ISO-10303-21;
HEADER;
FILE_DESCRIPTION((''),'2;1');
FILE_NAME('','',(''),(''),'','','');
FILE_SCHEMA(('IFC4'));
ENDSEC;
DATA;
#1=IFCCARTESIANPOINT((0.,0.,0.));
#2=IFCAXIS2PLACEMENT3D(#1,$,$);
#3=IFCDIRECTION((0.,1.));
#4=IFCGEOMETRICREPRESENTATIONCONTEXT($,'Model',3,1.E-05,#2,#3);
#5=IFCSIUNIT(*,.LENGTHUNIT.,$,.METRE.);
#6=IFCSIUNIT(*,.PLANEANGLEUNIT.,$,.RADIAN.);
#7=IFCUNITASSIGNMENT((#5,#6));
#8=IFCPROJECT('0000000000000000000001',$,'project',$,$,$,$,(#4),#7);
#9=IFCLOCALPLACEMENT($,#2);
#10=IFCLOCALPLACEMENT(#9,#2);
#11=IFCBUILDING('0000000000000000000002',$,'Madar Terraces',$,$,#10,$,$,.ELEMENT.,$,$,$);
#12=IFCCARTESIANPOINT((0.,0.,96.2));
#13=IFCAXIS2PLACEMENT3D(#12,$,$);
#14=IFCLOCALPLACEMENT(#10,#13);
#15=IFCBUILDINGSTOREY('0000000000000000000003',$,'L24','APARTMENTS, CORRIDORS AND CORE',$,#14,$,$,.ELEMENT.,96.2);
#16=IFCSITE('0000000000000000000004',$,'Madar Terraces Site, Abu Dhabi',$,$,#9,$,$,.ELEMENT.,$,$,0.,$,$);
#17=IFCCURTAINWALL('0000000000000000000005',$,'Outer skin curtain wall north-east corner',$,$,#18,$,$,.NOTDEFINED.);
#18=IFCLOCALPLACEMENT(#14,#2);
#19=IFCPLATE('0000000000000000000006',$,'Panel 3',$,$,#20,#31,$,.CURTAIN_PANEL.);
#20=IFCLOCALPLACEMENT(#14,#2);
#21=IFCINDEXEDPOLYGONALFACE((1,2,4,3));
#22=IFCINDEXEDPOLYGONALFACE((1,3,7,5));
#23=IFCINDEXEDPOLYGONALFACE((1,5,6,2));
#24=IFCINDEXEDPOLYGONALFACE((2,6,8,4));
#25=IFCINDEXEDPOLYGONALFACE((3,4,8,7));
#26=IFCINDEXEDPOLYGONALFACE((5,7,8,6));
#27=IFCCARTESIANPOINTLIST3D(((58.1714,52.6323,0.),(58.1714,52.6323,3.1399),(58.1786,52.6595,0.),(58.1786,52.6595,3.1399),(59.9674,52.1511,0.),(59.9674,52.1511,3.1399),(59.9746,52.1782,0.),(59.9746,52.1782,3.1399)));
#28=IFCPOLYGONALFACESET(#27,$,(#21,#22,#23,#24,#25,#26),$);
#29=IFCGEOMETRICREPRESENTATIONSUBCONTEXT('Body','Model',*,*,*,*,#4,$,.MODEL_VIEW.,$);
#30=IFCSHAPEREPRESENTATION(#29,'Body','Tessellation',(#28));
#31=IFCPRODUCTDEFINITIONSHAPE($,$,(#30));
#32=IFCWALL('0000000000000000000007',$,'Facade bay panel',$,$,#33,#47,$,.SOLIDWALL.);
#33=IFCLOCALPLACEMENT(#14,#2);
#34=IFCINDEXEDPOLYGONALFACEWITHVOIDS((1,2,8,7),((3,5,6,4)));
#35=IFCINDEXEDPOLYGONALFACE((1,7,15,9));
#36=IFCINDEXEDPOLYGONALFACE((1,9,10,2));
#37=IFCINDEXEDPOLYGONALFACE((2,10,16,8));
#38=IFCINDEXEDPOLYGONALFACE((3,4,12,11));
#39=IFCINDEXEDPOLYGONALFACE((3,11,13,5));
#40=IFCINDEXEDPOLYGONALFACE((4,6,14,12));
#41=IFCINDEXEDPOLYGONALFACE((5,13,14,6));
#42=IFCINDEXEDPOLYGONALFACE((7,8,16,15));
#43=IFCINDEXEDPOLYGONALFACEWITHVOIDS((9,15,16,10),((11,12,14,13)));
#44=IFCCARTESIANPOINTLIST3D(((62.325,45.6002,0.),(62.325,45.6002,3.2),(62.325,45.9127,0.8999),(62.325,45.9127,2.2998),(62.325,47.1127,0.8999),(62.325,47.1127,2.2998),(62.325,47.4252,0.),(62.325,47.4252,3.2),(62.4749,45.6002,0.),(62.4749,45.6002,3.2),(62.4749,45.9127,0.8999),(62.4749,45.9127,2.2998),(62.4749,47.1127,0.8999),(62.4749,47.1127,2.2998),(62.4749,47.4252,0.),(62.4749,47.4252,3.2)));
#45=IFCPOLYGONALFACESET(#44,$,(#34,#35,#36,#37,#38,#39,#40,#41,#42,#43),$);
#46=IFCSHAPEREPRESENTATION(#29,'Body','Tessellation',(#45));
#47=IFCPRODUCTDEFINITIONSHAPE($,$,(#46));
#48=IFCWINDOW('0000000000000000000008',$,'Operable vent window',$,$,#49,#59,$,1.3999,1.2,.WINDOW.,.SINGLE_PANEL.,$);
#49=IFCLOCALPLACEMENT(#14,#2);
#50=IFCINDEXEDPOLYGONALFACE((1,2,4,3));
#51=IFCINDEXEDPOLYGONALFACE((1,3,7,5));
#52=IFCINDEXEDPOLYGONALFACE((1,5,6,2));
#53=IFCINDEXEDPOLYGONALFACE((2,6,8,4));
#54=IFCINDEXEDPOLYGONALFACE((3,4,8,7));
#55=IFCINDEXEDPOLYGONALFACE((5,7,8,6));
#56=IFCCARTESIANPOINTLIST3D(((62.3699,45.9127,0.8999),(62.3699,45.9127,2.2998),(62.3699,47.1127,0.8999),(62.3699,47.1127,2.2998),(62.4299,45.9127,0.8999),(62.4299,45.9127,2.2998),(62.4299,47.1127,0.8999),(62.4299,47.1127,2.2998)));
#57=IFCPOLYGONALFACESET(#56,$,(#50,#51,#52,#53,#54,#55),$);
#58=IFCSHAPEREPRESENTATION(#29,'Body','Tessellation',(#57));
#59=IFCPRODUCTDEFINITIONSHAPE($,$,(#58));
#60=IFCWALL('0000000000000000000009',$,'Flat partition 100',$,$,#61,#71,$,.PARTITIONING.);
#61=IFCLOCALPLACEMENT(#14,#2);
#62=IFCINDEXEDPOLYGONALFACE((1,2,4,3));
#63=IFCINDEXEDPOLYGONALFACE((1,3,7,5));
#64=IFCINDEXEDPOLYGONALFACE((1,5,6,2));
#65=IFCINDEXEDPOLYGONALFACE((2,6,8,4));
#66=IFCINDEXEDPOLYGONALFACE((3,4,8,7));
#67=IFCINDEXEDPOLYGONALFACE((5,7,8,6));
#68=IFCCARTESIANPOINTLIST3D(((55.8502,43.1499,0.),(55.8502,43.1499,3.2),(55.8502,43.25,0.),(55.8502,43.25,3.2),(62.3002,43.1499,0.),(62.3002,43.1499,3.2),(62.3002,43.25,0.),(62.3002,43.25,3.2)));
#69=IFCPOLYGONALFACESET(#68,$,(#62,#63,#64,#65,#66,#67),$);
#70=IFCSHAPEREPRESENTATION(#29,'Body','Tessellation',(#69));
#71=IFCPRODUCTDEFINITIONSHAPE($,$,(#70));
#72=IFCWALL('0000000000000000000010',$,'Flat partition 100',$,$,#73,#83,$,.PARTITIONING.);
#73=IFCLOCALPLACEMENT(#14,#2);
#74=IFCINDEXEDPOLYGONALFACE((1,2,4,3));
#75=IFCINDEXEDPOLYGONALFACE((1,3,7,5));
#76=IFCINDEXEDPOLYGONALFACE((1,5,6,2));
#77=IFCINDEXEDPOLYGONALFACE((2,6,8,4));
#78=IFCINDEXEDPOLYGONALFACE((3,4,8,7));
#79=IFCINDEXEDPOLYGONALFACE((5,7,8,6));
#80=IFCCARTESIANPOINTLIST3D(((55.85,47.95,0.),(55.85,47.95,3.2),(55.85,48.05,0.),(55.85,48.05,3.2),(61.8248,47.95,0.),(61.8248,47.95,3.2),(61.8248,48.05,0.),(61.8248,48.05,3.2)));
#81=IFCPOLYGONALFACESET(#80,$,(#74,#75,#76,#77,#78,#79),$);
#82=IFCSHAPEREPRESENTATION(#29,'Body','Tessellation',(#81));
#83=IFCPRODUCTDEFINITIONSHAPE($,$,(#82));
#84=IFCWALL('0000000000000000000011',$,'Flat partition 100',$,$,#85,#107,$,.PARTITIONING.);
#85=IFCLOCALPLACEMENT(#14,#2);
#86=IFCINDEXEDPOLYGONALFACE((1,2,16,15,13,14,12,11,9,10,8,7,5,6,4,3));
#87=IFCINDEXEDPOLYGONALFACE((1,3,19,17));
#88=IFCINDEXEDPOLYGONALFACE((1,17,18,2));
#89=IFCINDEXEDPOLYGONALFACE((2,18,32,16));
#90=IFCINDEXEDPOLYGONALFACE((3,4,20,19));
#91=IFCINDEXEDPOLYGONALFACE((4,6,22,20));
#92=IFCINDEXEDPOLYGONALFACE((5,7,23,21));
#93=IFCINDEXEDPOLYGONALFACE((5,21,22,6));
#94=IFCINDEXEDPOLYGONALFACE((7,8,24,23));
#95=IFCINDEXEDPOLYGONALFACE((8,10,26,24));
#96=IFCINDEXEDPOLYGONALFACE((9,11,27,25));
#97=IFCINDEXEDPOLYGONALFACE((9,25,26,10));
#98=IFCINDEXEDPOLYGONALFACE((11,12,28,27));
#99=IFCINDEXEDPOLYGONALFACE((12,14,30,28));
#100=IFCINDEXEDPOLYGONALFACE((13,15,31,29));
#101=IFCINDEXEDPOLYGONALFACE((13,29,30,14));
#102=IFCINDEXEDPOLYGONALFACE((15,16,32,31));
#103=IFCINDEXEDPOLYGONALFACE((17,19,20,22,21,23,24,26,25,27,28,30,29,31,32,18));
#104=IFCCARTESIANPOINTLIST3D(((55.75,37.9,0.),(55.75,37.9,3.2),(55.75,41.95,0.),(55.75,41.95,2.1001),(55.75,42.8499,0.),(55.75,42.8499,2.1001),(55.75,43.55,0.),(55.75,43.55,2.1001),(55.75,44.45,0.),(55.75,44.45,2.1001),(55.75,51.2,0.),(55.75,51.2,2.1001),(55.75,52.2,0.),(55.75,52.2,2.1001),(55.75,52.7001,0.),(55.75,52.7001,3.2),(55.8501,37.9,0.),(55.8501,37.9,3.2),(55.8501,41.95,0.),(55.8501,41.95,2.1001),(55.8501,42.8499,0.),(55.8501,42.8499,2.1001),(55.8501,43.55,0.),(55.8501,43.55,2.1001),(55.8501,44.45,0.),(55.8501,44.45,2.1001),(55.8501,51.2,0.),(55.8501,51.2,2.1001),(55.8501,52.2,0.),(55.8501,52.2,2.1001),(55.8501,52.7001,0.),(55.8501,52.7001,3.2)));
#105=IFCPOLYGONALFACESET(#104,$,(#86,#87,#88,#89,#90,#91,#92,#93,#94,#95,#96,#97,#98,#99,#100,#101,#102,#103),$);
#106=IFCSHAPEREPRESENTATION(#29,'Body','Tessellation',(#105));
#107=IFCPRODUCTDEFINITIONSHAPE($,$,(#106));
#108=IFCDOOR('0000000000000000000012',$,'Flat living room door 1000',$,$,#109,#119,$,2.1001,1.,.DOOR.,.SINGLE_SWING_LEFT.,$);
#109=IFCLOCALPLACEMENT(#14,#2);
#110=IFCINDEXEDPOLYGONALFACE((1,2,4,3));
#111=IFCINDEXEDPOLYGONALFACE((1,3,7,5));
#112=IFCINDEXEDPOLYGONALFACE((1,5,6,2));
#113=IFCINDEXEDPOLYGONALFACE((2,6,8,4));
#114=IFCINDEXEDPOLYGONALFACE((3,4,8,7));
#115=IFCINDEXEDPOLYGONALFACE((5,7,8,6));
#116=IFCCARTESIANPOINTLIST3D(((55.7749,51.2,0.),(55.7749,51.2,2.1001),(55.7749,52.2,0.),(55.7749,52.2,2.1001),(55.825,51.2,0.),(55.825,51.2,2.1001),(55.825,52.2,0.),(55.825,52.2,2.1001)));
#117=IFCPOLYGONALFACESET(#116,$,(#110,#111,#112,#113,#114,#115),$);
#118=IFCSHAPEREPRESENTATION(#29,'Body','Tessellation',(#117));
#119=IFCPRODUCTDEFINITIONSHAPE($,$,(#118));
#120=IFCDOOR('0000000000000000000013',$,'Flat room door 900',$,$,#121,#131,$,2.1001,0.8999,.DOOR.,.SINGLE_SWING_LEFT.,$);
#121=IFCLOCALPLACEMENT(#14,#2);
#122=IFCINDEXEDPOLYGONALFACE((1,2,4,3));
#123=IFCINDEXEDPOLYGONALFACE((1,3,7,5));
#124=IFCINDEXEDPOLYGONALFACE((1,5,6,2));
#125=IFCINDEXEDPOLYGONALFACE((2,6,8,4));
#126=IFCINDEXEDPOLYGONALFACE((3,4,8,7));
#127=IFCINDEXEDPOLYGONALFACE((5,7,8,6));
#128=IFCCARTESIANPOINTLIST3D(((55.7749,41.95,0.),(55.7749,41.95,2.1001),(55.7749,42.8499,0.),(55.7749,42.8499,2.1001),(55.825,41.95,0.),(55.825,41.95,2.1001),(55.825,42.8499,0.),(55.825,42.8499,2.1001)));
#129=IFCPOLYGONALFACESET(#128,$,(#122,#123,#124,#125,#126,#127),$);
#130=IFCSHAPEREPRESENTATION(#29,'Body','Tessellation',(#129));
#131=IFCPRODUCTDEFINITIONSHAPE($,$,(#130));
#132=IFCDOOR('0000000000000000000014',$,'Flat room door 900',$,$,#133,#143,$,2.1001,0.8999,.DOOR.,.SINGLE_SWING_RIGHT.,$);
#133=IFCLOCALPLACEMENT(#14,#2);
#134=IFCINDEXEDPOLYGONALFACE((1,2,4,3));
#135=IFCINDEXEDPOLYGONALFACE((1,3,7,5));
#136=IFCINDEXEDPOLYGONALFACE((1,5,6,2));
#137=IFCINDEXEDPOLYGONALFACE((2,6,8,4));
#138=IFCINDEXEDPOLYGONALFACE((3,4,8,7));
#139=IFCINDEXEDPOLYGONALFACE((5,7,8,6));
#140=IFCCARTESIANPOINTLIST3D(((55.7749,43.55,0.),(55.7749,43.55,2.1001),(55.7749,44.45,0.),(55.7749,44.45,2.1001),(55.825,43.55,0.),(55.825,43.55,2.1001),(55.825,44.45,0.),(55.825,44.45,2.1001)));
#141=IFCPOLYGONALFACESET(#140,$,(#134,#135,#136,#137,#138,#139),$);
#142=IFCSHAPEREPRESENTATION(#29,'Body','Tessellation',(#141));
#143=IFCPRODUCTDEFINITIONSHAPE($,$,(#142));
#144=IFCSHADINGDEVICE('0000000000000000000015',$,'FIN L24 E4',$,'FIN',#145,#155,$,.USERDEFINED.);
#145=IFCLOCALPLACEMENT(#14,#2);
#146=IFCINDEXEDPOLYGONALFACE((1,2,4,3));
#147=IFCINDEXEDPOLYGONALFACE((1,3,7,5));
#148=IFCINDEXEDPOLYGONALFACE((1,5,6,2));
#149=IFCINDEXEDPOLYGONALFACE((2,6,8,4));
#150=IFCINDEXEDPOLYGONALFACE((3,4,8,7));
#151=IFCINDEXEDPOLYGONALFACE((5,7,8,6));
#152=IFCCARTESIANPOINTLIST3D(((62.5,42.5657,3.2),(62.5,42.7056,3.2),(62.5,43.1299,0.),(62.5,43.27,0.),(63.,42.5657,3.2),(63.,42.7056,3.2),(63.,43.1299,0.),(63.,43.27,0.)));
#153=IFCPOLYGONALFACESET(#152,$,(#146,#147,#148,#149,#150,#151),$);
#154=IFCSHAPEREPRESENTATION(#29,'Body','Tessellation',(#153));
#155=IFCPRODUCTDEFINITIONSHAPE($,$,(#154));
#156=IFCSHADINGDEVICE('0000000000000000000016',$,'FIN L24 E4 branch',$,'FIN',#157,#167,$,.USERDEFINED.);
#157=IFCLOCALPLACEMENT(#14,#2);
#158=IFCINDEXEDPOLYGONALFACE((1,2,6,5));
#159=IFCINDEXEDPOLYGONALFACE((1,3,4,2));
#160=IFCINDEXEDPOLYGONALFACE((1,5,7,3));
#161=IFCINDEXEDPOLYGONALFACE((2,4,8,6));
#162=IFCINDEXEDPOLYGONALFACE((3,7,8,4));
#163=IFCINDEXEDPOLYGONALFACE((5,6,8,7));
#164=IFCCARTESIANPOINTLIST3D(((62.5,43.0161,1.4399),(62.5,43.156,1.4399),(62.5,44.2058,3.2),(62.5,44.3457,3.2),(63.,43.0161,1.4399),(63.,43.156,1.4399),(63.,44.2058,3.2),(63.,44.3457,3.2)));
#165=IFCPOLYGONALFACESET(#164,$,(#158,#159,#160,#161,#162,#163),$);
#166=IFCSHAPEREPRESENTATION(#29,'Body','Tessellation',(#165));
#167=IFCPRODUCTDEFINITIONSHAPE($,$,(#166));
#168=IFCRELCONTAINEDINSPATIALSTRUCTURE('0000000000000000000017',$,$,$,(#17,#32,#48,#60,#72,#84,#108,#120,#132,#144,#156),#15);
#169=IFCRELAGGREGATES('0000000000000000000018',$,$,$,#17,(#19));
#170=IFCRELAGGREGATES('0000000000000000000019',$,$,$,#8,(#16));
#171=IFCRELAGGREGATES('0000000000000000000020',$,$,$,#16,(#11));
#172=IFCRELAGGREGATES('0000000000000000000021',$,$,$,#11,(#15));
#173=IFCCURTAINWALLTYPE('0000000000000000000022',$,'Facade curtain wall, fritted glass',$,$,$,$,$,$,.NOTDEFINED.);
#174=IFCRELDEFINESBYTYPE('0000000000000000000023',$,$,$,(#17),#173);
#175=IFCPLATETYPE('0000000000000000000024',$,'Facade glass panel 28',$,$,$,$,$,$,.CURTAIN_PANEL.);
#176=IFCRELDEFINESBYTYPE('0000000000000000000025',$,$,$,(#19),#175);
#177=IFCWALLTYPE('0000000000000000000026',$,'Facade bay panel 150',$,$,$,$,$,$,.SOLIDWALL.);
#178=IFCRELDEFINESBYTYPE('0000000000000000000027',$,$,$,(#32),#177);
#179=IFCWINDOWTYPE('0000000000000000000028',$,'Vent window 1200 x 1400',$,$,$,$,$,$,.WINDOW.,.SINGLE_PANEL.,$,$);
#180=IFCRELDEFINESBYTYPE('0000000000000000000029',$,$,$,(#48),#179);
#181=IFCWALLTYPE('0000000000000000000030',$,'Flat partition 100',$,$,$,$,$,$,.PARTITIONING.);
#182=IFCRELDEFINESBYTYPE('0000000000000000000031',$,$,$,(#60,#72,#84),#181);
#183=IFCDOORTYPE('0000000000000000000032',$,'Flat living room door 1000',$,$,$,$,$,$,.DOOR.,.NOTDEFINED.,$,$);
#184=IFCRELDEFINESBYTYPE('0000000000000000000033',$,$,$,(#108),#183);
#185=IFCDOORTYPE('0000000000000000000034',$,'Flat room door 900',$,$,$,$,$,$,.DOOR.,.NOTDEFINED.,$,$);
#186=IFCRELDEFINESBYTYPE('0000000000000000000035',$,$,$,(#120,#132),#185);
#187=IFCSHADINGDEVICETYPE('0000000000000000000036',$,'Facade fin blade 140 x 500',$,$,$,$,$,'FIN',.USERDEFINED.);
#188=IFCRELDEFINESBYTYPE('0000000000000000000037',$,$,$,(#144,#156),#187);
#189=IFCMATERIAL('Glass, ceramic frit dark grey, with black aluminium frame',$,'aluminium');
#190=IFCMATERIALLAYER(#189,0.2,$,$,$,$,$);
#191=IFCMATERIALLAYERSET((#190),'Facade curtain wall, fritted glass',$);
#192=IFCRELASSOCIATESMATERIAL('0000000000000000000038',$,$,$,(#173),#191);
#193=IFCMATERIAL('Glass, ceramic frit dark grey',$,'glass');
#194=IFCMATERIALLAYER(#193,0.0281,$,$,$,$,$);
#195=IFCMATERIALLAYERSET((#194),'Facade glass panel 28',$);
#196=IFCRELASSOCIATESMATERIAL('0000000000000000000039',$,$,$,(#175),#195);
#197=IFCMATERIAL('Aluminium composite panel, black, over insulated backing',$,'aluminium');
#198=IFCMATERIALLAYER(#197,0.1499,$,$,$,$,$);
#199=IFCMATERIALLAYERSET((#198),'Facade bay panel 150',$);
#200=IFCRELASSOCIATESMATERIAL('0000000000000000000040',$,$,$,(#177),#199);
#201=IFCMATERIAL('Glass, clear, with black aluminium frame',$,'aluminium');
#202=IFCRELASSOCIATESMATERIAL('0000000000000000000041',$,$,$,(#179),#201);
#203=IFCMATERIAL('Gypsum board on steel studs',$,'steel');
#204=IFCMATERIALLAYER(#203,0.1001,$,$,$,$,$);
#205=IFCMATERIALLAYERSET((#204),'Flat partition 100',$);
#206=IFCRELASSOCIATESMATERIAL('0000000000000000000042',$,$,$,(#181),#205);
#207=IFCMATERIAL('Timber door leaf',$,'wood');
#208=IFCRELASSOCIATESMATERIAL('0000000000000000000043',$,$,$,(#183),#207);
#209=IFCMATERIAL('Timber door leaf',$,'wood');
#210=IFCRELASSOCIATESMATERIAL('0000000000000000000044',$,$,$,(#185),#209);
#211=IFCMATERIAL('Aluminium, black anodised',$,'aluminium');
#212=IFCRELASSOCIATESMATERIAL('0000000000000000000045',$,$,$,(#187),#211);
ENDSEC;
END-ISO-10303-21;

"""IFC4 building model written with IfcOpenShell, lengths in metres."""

from ifc_helpers import new_model, si_unit, direction, frame, frame_2d, origin, origin_2d, place, context, subcontext, project, spatial, polyline, rectangle, outline, extrude, material, layer, layer_set, type_object, element, fill, aggregate, save


model = new_model("IFC4")

# Units and contexts
model_context = context("Model", 3, precision=1e-05, world=origin(), true_north=direction((0.0, 1.0)))
body_context = subcontext(model_context, "Body", "Model", "MODEL_VIEW")
ifc_project = project(units=[si_unit("LENGTHUNIT", "METRE"), si_unit("PLANEANGLEUNIT", "RADIAN")], contexts=[model_context])

# Site, building, storey
site_placement = place(None, origin())
site = spatial("IfcSite", under=ifc_project, at=site_placement, Name="Madar Terraces Site, Abu Dhabi", CompositionType="ELEMENT", RefElevation=0.0)
building_placement = place(site_placement, origin())
building = spatial("IfcBuilding", under=site, at=building_placement, Name="Madar Terraces", CompositionType="ELEMENT")
storey_placement = place(building_placement, frame((0.0, 0.0, 96.2)))
storey = spatial("IfcBuildingStorey", under=building, at=storey_placement, Name="L24", Description="APARTMENTS, CORRIDORS AND CORE", CompositionType="ELEMENT", Elevation=96.2)

# Shared definitions
ifc_material_1 = material(Name="Glass, ceramic frit dark grey, with black aluminium frame", Category="aluminium")
ifc_layer_1 = layer(ifc_material_1, 0.2)
ifc_layer_set_1 = layer_set([ifc_layer_1], Name="Facade curtain wall, fritted glass")
curtain_wall_type = type_object("IfcCurtainWallType", Name="Facade curtain wall, fritted glass", PredefinedType="NOTDEFINED", material=ifc_layer_set_1)

# Curtain wall
curtain_wall_1_placement = place(storey_placement, origin())
curtain_wall_1 = element("IfcCurtainWall", 1, at=curtain_wall_1_placement, inside=storey, type_object=curtain_wall_type, Name="Outer skin curtain wall north-east corner", PredefinedType="NOTDEFINED")

# Plate
ifc_material_2 = material(Name="Glass, ceramic frit dark grey", Category="glass")
ifc_layer_2 = layer(ifc_material_2, 0.0281)
ifc_layer_set_2 = layer_set([ifc_layer_2], Name="Facade glass panel 28")
plate_type = type_object("IfcPlateType", Name="Facade glass panel 28", PredefinedType="CURTAIN_PANEL", material=ifc_layer_set_2)
plate_1_placement = place(storey_placement, frame((59.073, 52.4053, 0.0), z_axis=(0.0, 0.0, 1.0), x_axis=(-0.965926, 0.258819, 0.0)))
plate_1 = element("IfcPlate", 2, at=plate_1_placement, type_object=plate_type, Name="Panel 3", PredefinedType="CURTAIN_PANEL", context=body_context, shape_type="SweptSolid", body=[
    extrude(rectangle(XDim=1.8594, YDim=0.0281, at=origin_2d()), origin(), (0.0, 0.0, 1.0), 3.1399),
])
aggregate(curtain_wall_1, [plate_1])

# Wall, opening, window
ifc_material_3 = material(Name="Aluminium composite panel, black, over insulated backing", Category="aluminium")
ifc_layer_3 = layer(ifc_material_3, 0.1499)
ifc_layer_set_3 = layer_set([ifc_layer_3], Name="Facade bay panel 150")
wall_type_1 = type_object("IfcWallType", Name="Facade bay panel 150", PredefinedType="SOLIDWALL", material=ifc_layer_set_3)
wall_1_placement = place(storey_placement, frame((62.3999, 45.6001, 0.0), z_axis=(0.0, 0.0, 1.0), x_axis=(0.0, 1.0, 0.0)))
wall_1 = element("IfcWall", 3, at=wall_1_placement, inside=storey, type_object=wall_type_1, Name="Facade bay panel", PredefinedType="SOLIDWALL", context=body_context, shape_type="SweptSolid", body=[
    extrude(rectangle(XDim=1.825, YDim=0.1499, at=frame_2d((0.9126, 0.0))), origin(), (0.0, 0.0, 1.0), 3.2),
])
opening_1_placement = place(wall_1_placement, frame((0.3125, 0.0, 0.8999)))
opening_1 = element("IfcOpeningElement", 4, at=opening_1_placement, cuts=wall_1, PredefinedType="OPENING", context=body_context, shape_type="SweptSolid", body=[
    extrude(rectangle(XDim=1.2, YDim=1.3999, at=frame_2d((0.6001, 0.7))), frame((0.0, 0.085, 0.0), z_axis=(0.0, -1.0, 0.0), x_axis=(1.0, 0.0, 0.0)), (0.0, 0.0, 1.0), 0.1699),
])
ifc_material_4 = material(Name="Glass, clear, with black aluminium frame", Category="aluminium")
window_type = type_object("IfcWindowType", Name="Vent window 1200 x 1400", PartitioningType="SINGLE_PANEL", PredefinedType="WINDOW", material=ifc_material_4)
window_placement = place(opening_1_placement, origin())
window = element("IfcWindow", 5, at=window_placement, inside=storey, type_object=window_type, Name="Operable vent window", OverallHeight=1.3999, OverallWidth=1.2, PartitioningType="SINGLE_PANEL", PredefinedType="WINDOW", context=body_context, shape_type="SweptSolid", body=[
    extrude(rectangle(XDim=1.2, YDim=1.3999, at=frame_2d((0.6001, 0.7))), frame((0.0, 0.03, 0.0), z_axis=(0.0, -1.0, 0.0), x_axis=(1.0, 0.0, 0.0)), (0.0, 0.0, 1.0), 0.0601),
])
fill(opening_1, window)

# Walls
ifc_material_5 = material(Name="Gypsum board on steel studs", Category="steel")
ifc_layer_4 = layer(ifc_material_5, 0.1001)
ifc_layer_set_4 = layer_set([ifc_layer_4], Name="Flat partition 100")
wall_type_2 = type_object("IfcWallType", Name="Flat partition 100", PredefinedType="PARTITIONING", material=ifc_layer_set_4)
wall_2_placement = place(storey_placement, frame((55.8501, 43.2, 0.0), z_axis=(0.0, 0.0, 1.0), x_axis=(1.0, 0.0, 0.0)))
element("IfcWall", 6, at=wall_2_placement, inside=storey, type_object=wall_type_2, Name="Flat partition 100", PredefinedType="PARTITIONING", context=body_context, shape_type="SweptSolid", body=[
    extrude(rectangle(XDim=6.45, YDim=0.1001, at=frame_2d((3.2251, 0.0))), origin(), (0.0, 0.0, 1.0), 3.2),
])
wall_3_placement = place(storey_placement, frame((55.8501, 48.0, 0.0), z_axis=(0.0, 0.0, 1.0), x_axis=(1.0, 0.0, 0.0)))
element("IfcWall", 7, at=wall_3_placement, inside=storey, type_object=wall_type_2, Name="Flat partition 100", PredefinedType="PARTITIONING", context=body_context, shape_type="SweptSolid", body=[
    extrude(rectangle(XDim=5.9749, YDim=0.1001, at=frame_2d((2.9873, 0.0))), origin(), (0.0, 0.0, 1.0), 3.2),
])

# Wall, openings, doors
wall_4_placement = place(storey_placement, frame((55.8, 52.7, 0.0), z_axis=(0.0, 0.0, 1.0), x_axis=(0.0, -1.0, 0.0)))
wall_4 = element("IfcWall", 8, at=wall_4_placement, inside=storey, type_object=wall_type_2, Name="Flat partition 100", PredefinedType="PARTITIONING", context=body_context, shape_type="SweptSolid", body=[
    extrude(rectangle(XDim=14.8, YDim=0.1001, at=frame_2d((7.3999, 0.0))), origin(), (0.0, 0.0, 1.0), 3.2),
])
opening_2_placement = place(wall_4_placement, frame((9.8501, 0.0, 0.0)))
opening_2 = element("IfcOpeningElement", 9, at=opening_2_placement, cuts=wall_4, PredefinedType="OPENING", context=body_context, shape_type="SweptSolid", body=[
    extrude(rectangle(XDim=0.8999, YDim=2.1001, at=frame_2d((0.45, 1.05))), frame((0.0, 0.0601, 0.0), z_axis=(0.0, -1.0, 0.0), x_axis=(1.0, 0.0, 0.0)), (0.0, 0.0, 1.0), 0.1201),
])
opening_3_placement = place(wall_4_placement, frame((8.25, 0.0, 0.0)))
opening_3 = element("IfcOpeningElement", 10, at=opening_3_placement, cuts=wall_4, PredefinedType="OPENING", context=body_context, shape_type="SweptSolid", body=[
    extrude(rectangle(XDim=0.8999, YDim=2.1001, at=frame_2d((0.45, 1.05))), frame((0.0, 0.0601, 0.0), z_axis=(0.0, -1.0, 0.0), x_axis=(1.0, 0.0, 0.0)), (0.0, 0.0, 1.0), 0.1201),
])
opening_4_placement = place(wall_4_placement, frame((0.5, 0.0, 0.0)))
opening_4 = element("IfcOpeningElement", 11, at=opening_4_placement, cuts=wall_4, PredefinedType="OPENING", context=body_context, shape_type="SweptSolid", body=[
    extrude(rectangle(XDim=1.0, YDim=2.1001, at=frame_2d((0.5, 1.05))), frame((0.0, 0.0601, 0.0), z_axis=(0.0, -1.0, 0.0), x_axis=(1.0, 0.0, 0.0)), (0.0, 0.0, 1.0), 0.1201),
])
ifc_material_6 = material(Name="Timber door leaf", Category="wood")
door_type_1 = type_object("IfcDoorType", Name="Flat living room door 1000", OperationType="NOTDEFINED", PredefinedType="DOOR", material=ifc_material_6)
door_1_placement = place(opening_4_placement, origin())
door_1 = element("IfcDoor", 12, at=door_1_placement, inside=storey, type_object=door_type_1, Name="Flat living room door 1000", OperationType="SINGLE_SWING_LEFT", OverallHeight=2.1001, OverallWidth=1.0, PredefinedType="DOOR", context=body_context, shape_type="SweptSolid", body=[
    extrude(rectangle(XDim=1.0, YDim=2.1001, at=frame_2d((0.5, 1.05))), frame((0.0, 0.0249, 0.0), z_axis=(0.0, -1.0, 0.0), x_axis=(1.0, 0.0, 0.0)), (0.0, 0.0, 1.0), 0.05),
])
fill(opening_4, door_1)
ifc_material_7 = material(Name="Timber door leaf", Category="wood")
door_type_2 = type_object("IfcDoorType", Name="Flat room door 900", OperationType="NOTDEFINED", PredefinedType="DOOR", material=ifc_material_7)
door_2_placement = place(opening_2_placement, origin())
door_2 = element("IfcDoor", 13, at=door_2_placement, inside=storey, type_object=door_type_2, Name="Flat room door 900", OperationType="SINGLE_SWING_LEFT", OverallHeight=2.1001, OverallWidth=0.8999, PredefinedType="DOOR", context=body_context, shape_type="SweptSolid", body=[
    extrude(rectangle(XDim=0.8999, YDim=2.1001, at=frame_2d((0.45, 1.05))), frame((0.0, 0.0249, 0.0), z_axis=(0.0, -1.0, 0.0), x_axis=(1.0, 0.0, 0.0)), (0.0, 0.0, 1.0), 0.05),
])
fill(opening_2, door_2)
door_3_placement = place(opening_3_placement, origin())
door_3 = element("IfcDoor", 14, at=door_3_placement, inside=storey, type_object=door_type_2, Name="Flat room door 900", OperationType="SINGLE_SWING_RIGHT", OverallHeight=2.1001, OverallWidth=0.8999, PredefinedType="DOOR", context=body_context, shape_type="SweptSolid", body=[
    extrude(rectangle(XDim=0.8999, YDim=2.1001, at=frame_2d((0.45, 1.05))), frame((0.0, 0.0249, 0.0), z_axis=(0.0, -1.0, 0.0), x_axis=(1.0, 0.0, 0.0)), (0.0, 0.0, 1.0), 0.05),
])
fill(opening_3, door_3)

# Shading devices
ifc_material_8 = material(Name="Aluminium, black anodised", Category="aluminium")
shading_device_type = type_object("IfcShadingDeviceType", Name="Facade fin blade 140 x 500", ElementType="FIN", PredefinedType="USERDEFINED", material=ifc_material_8)
shading_device_1_placement = place(storey_placement, frame((62.75, 43.1299, 0.0), z_axis=(0.0, 0.0, 1.0), x_axis=(0.0, 1.0, 0.0)))
element("IfcShadingDevice", 15, at=shading_device_1_placement, inside=storey, type_object=shading_device_type, Name="FIN L24 E4", ObjectType="FIN", PredefinedType="USERDEFINED", context=body_context, shape_type="SweptSolid", body=[
    extrude(outline(polyline([(0.0, 0.0), (0.1401, 0.0), (-0.4243, 3.2), (-0.5642, 3.2), (0.0, 0.0)])), frame((0.0, 0.25, 0.0), z_axis=(0.0, -1.0, 0.0), x_axis=(1.0, 0.0, 0.0)), (0.0, 0.0, 1.0), 0.5),
])
shading_device_2_placement = place(storey_placement, frame((62.75, 43.0161, 1.4399), z_axis=(0.0, 0.0, 1.0), x_axis=(0.0, 1.0, 0.0)))
element("IfcShadingDevice", 16, at=shading_device_2_placement, inside=storey, type_object=shading_device_type, Name="FIN L24 E4 branch", ObjectType="FIN", PredefinedType="USERDEFINED", context=body_context, shape_type="SweptSolid", body=[
    extrude(outline(polyline([(0.0, 0.0), (0.1399, 0.0), (1.3296, 1.76), (1.1897, 1.76), (0.0, 0.0)])), frame((0.0, 0.25, 0.0), z_axis=(0.0, -1.0, 0.0), x_axis=(1.0, 0.0, 0.0)), (0.0, 0.0, 1.0), 0.5),
])

save(model, "model.ifc")
